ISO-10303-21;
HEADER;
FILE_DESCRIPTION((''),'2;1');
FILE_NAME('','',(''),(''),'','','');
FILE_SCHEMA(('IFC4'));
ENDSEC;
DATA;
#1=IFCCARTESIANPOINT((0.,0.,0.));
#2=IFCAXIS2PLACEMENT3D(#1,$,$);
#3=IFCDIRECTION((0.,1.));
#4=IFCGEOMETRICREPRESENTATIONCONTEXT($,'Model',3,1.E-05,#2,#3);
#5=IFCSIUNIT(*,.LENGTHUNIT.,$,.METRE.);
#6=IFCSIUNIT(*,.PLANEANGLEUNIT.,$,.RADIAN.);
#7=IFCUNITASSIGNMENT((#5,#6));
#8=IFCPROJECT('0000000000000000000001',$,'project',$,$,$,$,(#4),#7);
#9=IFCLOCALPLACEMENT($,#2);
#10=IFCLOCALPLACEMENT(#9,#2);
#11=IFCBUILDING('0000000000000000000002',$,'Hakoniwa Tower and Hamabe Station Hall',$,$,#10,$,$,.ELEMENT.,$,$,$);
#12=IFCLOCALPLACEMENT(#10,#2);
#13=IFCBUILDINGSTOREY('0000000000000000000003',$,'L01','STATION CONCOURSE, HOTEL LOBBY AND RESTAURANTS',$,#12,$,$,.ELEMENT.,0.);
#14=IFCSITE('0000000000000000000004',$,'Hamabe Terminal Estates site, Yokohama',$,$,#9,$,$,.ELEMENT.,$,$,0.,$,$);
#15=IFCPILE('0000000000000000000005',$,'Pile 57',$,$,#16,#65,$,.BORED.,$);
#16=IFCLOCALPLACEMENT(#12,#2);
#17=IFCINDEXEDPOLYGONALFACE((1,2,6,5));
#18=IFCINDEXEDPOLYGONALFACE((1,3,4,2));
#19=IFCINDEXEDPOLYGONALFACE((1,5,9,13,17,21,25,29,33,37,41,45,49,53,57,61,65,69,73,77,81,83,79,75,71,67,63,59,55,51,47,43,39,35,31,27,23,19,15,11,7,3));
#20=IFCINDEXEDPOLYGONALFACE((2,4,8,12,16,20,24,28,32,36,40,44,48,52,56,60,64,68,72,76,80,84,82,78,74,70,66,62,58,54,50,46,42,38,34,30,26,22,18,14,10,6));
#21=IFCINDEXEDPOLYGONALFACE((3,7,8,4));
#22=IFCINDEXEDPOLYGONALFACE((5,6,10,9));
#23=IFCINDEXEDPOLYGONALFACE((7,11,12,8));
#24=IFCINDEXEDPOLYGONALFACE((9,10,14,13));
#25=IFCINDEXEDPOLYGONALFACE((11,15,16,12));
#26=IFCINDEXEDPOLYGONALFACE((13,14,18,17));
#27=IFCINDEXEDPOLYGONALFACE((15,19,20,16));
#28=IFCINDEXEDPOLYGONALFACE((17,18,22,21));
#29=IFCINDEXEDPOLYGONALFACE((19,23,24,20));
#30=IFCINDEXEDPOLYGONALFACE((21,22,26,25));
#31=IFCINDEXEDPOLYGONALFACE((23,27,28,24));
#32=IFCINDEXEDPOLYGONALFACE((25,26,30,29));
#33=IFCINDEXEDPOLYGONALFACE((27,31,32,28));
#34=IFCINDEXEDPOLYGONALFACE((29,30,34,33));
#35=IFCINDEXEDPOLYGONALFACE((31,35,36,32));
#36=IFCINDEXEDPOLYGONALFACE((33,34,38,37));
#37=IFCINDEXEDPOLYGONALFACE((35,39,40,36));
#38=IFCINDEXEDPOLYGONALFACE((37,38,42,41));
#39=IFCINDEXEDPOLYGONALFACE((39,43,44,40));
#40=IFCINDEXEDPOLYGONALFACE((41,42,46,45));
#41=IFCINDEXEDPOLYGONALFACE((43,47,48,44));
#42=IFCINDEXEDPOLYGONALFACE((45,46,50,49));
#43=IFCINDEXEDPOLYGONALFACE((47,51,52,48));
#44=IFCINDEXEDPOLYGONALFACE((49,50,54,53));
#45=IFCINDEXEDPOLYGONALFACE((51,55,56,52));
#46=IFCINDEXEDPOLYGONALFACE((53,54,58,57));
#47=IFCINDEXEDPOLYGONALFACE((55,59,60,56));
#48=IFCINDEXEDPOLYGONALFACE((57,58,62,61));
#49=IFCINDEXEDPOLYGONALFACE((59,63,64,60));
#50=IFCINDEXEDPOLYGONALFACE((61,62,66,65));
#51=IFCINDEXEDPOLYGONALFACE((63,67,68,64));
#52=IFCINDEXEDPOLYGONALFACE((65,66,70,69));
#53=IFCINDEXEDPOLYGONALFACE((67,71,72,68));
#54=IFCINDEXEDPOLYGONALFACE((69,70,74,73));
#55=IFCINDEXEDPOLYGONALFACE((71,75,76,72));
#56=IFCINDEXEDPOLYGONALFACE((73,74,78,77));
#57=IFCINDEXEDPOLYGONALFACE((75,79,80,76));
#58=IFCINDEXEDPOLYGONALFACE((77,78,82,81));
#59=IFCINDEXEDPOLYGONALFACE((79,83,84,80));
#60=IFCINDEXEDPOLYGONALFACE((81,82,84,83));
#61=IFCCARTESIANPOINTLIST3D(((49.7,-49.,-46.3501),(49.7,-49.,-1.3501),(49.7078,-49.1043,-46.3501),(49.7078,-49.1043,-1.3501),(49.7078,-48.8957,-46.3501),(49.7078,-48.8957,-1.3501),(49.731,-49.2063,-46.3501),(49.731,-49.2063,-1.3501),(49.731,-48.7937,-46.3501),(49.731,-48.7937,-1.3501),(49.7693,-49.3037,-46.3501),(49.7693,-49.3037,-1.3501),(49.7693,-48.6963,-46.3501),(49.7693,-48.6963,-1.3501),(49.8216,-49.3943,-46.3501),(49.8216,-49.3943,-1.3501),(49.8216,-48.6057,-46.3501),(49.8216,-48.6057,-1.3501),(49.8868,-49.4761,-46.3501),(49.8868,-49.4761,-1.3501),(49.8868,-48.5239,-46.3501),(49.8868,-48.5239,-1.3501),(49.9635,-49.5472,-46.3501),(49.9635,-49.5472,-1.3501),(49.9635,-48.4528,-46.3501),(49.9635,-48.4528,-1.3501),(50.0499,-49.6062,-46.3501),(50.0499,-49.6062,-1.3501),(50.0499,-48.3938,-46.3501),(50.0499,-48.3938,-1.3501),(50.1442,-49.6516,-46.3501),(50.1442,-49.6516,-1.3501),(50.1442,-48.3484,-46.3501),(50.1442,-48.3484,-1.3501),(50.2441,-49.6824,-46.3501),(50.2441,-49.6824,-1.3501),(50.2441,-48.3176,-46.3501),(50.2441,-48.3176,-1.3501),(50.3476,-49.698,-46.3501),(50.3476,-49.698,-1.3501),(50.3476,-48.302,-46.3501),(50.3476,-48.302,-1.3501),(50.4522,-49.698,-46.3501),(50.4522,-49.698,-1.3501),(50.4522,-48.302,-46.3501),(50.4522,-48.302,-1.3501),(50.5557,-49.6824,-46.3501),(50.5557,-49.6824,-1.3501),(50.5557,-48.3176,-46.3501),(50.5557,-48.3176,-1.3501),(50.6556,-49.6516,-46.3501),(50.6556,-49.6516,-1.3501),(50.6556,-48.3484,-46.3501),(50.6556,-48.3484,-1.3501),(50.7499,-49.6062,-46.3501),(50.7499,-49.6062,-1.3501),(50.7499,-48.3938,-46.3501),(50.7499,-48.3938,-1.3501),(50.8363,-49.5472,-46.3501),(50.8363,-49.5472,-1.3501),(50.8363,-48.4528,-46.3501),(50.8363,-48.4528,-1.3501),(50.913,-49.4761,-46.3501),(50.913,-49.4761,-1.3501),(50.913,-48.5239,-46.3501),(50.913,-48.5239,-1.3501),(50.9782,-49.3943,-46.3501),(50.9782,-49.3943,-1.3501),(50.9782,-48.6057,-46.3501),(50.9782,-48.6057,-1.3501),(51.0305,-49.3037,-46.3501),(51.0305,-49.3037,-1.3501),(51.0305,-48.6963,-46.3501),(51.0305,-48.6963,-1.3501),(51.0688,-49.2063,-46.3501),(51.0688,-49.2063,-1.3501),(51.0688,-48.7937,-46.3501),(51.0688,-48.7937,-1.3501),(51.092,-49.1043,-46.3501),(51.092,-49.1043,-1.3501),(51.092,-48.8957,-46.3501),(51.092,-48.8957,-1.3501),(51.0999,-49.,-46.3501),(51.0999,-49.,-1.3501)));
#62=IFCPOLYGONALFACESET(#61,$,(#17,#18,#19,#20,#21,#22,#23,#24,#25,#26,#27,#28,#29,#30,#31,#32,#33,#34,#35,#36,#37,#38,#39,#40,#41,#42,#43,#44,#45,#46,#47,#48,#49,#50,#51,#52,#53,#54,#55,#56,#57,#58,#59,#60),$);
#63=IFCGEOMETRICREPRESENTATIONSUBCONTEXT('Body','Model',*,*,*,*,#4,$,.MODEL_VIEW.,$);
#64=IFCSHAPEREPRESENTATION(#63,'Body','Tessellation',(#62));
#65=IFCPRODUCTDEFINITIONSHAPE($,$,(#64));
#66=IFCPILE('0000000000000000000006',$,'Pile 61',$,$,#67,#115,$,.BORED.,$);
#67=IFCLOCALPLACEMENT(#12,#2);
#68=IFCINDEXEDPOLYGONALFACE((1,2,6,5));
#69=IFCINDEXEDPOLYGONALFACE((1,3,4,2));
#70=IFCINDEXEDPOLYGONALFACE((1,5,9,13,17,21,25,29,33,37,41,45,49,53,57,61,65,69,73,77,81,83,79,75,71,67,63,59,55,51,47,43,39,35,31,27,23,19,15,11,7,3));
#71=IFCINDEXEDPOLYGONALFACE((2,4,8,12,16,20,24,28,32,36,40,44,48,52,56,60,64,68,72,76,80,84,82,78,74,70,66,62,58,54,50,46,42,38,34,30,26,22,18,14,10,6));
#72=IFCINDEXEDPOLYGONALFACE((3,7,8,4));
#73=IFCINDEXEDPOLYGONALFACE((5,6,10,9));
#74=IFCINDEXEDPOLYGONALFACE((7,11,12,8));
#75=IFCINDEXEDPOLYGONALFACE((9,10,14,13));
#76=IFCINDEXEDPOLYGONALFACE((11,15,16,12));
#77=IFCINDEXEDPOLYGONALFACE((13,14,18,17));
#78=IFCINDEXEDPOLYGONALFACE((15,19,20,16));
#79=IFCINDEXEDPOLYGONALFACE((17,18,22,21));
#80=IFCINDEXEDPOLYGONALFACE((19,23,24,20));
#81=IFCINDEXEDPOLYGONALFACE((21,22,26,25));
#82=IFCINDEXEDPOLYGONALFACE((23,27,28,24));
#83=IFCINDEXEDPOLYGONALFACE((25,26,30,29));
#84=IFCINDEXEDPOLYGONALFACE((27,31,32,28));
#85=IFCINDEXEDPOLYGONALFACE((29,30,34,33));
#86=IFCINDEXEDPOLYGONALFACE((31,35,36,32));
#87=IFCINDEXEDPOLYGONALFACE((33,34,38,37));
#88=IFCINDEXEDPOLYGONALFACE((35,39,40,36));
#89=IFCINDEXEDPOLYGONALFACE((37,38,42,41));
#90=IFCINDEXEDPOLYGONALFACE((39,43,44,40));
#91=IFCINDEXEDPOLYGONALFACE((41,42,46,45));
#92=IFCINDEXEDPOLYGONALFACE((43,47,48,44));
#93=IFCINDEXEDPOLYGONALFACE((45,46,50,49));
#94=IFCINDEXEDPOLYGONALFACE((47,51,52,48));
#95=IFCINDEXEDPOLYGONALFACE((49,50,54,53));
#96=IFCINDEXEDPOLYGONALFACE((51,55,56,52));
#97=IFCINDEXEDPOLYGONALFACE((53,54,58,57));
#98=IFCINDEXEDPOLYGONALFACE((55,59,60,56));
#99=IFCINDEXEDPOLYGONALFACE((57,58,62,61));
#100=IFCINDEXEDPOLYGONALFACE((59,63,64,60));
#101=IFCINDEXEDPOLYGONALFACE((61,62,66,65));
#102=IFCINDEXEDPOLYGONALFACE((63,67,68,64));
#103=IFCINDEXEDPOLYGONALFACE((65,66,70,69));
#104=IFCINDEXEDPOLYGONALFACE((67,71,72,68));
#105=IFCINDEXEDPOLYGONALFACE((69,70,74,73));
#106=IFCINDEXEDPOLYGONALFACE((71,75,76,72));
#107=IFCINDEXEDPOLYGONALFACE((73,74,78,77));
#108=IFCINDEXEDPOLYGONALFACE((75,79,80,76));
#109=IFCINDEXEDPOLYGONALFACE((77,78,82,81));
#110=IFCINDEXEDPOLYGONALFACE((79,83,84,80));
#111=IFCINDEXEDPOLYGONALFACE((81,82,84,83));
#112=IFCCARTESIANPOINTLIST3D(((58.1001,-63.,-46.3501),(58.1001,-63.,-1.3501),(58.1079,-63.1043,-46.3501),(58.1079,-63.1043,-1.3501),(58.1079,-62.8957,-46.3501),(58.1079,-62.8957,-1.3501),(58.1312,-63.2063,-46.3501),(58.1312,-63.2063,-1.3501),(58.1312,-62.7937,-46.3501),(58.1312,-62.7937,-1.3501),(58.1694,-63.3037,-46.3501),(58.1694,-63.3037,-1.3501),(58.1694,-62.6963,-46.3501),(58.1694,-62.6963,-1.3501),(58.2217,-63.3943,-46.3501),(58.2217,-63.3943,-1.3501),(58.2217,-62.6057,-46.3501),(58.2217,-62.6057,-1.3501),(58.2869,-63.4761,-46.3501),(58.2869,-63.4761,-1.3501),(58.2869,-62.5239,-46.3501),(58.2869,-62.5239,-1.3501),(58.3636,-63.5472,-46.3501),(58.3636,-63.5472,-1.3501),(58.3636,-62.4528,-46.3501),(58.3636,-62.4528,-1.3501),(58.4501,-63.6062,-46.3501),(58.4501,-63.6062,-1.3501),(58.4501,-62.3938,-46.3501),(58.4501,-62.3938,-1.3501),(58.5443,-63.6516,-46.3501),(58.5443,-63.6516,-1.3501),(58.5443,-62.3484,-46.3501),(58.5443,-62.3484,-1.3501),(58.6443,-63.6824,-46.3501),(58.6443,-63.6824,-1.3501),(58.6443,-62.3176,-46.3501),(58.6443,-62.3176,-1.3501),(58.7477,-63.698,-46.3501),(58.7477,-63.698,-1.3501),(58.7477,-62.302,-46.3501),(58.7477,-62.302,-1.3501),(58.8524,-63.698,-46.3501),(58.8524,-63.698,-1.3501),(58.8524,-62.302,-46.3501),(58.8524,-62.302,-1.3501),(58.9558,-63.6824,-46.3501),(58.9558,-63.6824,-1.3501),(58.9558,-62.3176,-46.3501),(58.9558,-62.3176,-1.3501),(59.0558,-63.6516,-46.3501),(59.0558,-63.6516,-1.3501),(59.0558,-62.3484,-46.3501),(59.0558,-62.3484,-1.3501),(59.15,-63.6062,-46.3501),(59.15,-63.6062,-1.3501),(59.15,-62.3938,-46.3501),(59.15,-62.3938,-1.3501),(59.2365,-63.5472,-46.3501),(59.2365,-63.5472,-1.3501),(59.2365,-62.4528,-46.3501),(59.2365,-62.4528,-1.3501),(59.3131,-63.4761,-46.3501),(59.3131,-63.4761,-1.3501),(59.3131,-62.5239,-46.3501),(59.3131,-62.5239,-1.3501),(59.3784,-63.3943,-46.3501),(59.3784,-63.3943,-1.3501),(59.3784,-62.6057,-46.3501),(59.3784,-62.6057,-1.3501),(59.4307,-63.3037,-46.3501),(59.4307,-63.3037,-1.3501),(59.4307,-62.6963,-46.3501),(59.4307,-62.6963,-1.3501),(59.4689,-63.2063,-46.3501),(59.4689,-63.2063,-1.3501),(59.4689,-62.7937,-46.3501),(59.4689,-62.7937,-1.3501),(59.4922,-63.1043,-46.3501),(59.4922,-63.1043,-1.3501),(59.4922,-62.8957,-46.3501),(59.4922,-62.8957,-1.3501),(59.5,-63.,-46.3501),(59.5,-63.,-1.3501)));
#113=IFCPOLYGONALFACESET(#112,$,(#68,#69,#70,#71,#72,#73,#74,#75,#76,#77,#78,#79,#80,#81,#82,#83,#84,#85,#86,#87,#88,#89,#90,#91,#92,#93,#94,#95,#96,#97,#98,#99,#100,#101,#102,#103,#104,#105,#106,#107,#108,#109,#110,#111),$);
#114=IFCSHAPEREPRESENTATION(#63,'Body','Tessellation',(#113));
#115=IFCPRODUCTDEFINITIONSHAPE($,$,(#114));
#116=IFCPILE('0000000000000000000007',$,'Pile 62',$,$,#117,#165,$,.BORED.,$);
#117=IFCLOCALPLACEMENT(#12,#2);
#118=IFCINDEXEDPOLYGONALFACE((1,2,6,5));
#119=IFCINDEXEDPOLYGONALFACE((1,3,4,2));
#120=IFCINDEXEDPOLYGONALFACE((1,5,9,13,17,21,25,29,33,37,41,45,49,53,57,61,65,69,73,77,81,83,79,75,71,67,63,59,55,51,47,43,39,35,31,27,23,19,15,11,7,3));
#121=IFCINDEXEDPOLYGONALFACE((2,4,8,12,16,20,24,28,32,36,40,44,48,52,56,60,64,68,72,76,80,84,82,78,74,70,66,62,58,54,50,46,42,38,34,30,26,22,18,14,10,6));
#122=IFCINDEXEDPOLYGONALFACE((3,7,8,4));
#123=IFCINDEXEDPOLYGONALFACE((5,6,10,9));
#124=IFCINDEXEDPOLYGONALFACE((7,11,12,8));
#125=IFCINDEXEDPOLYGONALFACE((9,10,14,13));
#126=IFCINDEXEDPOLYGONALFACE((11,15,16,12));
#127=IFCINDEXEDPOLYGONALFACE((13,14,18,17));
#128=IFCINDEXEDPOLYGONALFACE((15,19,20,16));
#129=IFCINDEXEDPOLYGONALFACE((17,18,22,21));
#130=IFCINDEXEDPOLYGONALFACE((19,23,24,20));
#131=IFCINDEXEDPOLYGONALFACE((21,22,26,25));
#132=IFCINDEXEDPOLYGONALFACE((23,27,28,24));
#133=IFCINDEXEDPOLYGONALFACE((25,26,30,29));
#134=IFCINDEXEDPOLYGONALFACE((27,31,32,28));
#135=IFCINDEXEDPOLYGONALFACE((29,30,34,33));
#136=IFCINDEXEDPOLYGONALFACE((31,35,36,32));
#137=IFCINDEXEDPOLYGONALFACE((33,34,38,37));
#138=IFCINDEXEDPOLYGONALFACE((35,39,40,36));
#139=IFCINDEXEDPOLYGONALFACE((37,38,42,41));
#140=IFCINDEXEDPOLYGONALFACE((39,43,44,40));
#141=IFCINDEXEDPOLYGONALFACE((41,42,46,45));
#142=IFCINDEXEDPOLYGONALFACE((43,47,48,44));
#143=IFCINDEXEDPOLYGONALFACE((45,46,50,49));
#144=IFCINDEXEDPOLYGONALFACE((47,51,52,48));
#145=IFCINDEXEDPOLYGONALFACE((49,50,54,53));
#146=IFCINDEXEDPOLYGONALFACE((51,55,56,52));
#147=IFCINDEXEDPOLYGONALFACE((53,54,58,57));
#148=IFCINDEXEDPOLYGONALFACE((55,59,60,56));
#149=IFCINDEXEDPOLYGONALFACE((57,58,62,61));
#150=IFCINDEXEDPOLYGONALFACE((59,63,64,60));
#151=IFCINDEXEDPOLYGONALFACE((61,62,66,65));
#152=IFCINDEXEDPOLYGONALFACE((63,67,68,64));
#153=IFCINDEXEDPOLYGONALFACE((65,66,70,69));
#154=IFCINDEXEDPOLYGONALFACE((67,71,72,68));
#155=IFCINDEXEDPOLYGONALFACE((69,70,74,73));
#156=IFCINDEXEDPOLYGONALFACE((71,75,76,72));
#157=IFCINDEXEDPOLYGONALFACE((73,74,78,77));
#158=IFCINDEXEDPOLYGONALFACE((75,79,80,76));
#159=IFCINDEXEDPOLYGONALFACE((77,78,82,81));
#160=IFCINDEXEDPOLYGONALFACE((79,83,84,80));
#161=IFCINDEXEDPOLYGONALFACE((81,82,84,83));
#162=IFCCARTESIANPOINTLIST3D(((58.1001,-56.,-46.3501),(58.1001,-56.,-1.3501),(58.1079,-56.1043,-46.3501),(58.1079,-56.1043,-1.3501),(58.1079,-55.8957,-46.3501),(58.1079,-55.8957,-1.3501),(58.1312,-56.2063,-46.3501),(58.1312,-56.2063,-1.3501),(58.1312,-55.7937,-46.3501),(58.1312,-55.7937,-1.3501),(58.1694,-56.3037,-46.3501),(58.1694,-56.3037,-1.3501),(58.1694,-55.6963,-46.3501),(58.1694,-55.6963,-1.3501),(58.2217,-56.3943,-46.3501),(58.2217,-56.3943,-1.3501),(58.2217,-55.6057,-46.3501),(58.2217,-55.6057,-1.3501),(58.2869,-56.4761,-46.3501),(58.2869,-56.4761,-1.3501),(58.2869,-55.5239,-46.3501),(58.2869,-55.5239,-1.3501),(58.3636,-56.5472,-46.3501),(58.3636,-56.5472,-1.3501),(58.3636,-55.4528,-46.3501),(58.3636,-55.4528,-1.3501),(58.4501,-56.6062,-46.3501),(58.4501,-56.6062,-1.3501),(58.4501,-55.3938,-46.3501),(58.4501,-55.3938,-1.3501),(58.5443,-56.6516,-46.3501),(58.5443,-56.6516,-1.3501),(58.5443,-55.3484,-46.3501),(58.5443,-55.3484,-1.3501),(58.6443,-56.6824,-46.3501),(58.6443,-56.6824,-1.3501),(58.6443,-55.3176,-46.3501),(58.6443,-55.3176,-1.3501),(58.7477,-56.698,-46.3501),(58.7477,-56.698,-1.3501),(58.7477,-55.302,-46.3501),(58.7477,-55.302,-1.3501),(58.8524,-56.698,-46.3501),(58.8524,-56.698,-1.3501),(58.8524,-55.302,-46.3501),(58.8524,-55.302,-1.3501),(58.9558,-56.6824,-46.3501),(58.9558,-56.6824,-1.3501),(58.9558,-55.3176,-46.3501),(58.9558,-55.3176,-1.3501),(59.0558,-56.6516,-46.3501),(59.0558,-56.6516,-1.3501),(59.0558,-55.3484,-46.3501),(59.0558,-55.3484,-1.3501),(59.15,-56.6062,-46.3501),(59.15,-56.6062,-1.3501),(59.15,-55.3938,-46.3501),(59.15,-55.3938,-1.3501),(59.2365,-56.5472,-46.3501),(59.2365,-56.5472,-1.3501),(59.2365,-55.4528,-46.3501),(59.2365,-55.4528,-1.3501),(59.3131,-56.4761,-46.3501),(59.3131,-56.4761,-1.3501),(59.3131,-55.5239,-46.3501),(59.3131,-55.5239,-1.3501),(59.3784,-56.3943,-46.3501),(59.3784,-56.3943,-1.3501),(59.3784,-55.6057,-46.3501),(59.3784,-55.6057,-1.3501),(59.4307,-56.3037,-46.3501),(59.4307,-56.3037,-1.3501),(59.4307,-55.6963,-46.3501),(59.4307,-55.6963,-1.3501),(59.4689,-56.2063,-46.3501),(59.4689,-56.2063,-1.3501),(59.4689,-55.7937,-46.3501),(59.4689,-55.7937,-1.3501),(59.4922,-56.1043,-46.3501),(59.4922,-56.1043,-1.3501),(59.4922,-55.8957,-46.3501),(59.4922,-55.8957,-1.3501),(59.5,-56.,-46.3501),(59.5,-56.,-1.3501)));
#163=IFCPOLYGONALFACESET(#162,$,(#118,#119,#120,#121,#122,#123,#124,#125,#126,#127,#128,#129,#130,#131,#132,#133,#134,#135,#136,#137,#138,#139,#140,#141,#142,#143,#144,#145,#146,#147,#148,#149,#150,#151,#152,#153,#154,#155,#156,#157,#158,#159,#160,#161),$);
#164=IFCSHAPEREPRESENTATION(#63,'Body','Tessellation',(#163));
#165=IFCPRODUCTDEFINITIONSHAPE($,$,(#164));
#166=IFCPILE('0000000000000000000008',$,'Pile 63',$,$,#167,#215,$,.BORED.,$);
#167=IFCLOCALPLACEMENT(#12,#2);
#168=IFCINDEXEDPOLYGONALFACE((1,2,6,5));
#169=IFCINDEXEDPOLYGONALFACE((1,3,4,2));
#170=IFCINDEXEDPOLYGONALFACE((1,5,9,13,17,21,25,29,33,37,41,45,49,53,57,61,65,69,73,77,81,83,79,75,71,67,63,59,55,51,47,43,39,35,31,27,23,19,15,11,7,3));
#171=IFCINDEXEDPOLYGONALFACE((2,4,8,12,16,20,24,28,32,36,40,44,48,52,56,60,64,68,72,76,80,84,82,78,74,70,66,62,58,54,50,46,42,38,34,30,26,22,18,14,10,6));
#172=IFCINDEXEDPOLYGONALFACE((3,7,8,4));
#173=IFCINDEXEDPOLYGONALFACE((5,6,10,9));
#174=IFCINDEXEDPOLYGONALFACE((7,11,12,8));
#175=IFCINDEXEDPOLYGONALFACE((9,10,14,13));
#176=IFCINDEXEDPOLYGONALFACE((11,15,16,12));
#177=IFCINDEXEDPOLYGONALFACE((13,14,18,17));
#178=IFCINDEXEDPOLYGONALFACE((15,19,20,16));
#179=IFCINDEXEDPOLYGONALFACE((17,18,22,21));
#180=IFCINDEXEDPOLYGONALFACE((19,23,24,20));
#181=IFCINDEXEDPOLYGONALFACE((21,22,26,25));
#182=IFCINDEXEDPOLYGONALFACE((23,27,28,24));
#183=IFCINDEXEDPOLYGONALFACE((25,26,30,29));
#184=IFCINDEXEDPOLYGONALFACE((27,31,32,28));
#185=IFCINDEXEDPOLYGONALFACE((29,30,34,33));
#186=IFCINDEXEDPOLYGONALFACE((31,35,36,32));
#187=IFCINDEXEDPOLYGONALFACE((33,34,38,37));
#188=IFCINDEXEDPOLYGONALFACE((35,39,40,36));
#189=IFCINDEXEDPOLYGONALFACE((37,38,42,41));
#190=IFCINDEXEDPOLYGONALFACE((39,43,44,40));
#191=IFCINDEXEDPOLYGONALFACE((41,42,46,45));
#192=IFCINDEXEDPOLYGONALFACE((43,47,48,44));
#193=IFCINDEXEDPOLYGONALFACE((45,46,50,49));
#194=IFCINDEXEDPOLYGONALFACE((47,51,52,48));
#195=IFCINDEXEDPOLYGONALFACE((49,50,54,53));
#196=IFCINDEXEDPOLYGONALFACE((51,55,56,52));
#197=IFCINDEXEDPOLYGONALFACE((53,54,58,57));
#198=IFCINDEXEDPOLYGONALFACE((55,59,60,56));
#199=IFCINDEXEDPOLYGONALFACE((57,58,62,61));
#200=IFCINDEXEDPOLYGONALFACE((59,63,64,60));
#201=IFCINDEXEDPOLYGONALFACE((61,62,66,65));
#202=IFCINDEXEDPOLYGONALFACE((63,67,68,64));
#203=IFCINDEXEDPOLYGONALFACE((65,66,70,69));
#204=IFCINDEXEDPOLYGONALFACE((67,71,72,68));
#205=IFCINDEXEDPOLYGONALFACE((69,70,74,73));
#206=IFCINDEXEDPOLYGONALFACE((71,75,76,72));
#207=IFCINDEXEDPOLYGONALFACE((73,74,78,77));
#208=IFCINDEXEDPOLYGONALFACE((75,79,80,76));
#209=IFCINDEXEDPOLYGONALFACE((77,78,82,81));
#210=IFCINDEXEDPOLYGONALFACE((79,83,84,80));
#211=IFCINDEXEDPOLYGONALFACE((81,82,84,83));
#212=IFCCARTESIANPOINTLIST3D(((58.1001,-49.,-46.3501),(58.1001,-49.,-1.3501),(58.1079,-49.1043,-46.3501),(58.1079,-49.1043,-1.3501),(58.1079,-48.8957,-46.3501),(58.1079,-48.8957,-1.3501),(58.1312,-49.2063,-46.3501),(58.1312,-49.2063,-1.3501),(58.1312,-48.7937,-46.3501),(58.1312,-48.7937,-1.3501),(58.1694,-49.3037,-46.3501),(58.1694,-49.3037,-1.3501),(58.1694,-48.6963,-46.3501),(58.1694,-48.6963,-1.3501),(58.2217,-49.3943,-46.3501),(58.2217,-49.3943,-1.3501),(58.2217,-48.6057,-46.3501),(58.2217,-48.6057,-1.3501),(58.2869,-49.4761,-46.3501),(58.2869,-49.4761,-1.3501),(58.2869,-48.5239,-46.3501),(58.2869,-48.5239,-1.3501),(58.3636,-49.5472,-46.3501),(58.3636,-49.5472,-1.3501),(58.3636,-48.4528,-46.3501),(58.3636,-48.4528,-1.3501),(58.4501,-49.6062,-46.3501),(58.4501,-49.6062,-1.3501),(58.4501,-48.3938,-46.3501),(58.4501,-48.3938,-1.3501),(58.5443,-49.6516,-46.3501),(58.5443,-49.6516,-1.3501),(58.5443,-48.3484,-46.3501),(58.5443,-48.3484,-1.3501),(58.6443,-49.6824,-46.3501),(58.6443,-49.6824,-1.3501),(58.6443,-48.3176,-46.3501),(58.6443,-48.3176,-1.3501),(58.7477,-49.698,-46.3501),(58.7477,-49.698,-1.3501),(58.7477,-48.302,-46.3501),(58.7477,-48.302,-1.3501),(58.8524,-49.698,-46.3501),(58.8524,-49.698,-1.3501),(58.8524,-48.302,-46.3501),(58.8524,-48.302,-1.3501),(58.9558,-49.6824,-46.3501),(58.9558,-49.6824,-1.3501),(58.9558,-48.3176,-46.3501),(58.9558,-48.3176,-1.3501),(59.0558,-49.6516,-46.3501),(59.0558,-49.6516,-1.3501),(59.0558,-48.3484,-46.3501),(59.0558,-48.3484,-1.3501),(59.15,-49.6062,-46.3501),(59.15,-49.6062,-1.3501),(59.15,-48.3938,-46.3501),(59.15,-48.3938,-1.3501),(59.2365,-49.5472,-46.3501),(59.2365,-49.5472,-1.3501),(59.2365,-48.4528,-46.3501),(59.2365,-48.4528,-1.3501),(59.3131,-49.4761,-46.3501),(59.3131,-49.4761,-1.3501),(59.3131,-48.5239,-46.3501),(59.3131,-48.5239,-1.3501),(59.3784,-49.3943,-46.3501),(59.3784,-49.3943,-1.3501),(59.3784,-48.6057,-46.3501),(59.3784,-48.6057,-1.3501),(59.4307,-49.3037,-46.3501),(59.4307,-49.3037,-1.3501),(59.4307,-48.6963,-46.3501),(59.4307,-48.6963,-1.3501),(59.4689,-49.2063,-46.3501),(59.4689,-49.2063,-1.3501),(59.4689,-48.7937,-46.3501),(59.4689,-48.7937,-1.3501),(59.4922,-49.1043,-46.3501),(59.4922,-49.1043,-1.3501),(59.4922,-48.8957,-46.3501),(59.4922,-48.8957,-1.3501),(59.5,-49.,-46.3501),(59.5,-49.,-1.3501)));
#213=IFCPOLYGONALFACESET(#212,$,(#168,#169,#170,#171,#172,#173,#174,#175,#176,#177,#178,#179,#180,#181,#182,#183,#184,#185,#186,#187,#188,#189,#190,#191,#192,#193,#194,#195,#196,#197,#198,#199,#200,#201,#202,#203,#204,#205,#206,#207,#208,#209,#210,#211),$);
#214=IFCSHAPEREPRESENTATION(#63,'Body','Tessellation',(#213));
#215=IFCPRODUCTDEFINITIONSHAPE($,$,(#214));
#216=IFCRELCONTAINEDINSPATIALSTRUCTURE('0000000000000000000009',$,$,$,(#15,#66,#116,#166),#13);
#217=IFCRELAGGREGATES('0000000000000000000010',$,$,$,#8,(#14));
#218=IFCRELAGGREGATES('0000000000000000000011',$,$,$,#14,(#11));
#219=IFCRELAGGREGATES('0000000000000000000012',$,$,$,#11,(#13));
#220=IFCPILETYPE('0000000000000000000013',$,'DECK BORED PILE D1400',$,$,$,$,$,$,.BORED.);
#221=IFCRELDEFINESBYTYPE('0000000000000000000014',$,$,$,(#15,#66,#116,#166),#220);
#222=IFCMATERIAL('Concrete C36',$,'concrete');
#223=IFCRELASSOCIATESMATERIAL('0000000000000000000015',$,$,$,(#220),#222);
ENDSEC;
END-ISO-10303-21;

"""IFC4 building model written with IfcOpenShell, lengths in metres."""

from ifc_helpers import new_model, si_unit, direction, frame, origin, origin_2d, place, context, subcontext, project, spatial, circle, extrude, material, material_profile, profile_set, type_object, element, save


model = new_model("IFC4")

# Units and contexts
model_context = context("Model", 3, precision=1e-05, world=origin(), true_north=direction((0.0, 1.0)))
body_context = subcontext(model_context, "Body", "Model", "MODEL_VIEW")
ifc_project = project(units=[si_unit("LENGTHUNIT", "METRE"), si_unit("PLANEANGLEUNIT", "RADIAN")], contexts=[model_context])

# Site, building, storey
site_placement = place(None, origin())
site = spatial("IfcSite", under=ifc_project, at=site_placement, Name="Hamabe Terminal Estates site, Yokohama", CompositionType="ELEMENT", RefElevation=0.0)
building_placement = place(site_placement, origin())
building = spatial("IfcBuilding", under=site, at=building_placement, Name="Hakoniwa Tower and Hamabe Station Hall", CompositionType="ELEMENT")
storey_placement = place(building_placement, origin())
storey = spatial("IfcBuildingStorey", under=building, at=storey_placement, Name="L01", Description="STATION CONCOURSE, HOTEL LOBBY AND RESTAURANTS", CompositionType="ELEMENT", Elevation=0.0)

# Piles
ifc_material_1 = material(Name="Concrete C36", Category="concrete")
ifc_material_profile_1 = material_profile(ifc_material_1, circle(Radius=0.7, at=origin_2d()), Name="DECK BORED PILE D1400")
ifc_profile_set_1 = profile_set([ifc_material_profile_1], Name="Concrete C36")
pile_type_1 = type_object("IfcPileType", Name="DECK BORED PILE D1400", PredefinedType="BORED", material=ifc_profile_set_1)
for number, where, z_axis, x_axis, name in (
    (1, (50.3999, -49.0, -1.3501), (0.0, 0.0, -1.0), (1.0, 0.0, 0.0), "Pile 57"),
    (2, (58.8, -63.0, -1.3501), (0.0, 0.0, -1.0), (1.0, 0.0, 0.0), "Pile 61"),
    (3, (58.8, -56.0, -1.3501), (0.0, 0.0, -1.0), (1.0, 0.0, 0.0), "Pile 62"),
    (4, (58.8, -49.0, -1.3501), (0.0, 0.0, -1.0), (1.0, 0.0, 0.0), "Pile 63"),
):
    element("IfcPile", number, at=place(storey_placement, frame(where, z_axis=z_axis, x_axis=x_axis)), inside=storey, type_object=pile_type_1, Name=name, PredefinedType="BORED", context=body_context, shape_type="SweptSolid", body=[
        extrude(circle(Radius=0.7, at=origin_2d()), origin(), (0.0, 0.0, 1.0), 45.0),
    ])

save(model, "model.ifc")
